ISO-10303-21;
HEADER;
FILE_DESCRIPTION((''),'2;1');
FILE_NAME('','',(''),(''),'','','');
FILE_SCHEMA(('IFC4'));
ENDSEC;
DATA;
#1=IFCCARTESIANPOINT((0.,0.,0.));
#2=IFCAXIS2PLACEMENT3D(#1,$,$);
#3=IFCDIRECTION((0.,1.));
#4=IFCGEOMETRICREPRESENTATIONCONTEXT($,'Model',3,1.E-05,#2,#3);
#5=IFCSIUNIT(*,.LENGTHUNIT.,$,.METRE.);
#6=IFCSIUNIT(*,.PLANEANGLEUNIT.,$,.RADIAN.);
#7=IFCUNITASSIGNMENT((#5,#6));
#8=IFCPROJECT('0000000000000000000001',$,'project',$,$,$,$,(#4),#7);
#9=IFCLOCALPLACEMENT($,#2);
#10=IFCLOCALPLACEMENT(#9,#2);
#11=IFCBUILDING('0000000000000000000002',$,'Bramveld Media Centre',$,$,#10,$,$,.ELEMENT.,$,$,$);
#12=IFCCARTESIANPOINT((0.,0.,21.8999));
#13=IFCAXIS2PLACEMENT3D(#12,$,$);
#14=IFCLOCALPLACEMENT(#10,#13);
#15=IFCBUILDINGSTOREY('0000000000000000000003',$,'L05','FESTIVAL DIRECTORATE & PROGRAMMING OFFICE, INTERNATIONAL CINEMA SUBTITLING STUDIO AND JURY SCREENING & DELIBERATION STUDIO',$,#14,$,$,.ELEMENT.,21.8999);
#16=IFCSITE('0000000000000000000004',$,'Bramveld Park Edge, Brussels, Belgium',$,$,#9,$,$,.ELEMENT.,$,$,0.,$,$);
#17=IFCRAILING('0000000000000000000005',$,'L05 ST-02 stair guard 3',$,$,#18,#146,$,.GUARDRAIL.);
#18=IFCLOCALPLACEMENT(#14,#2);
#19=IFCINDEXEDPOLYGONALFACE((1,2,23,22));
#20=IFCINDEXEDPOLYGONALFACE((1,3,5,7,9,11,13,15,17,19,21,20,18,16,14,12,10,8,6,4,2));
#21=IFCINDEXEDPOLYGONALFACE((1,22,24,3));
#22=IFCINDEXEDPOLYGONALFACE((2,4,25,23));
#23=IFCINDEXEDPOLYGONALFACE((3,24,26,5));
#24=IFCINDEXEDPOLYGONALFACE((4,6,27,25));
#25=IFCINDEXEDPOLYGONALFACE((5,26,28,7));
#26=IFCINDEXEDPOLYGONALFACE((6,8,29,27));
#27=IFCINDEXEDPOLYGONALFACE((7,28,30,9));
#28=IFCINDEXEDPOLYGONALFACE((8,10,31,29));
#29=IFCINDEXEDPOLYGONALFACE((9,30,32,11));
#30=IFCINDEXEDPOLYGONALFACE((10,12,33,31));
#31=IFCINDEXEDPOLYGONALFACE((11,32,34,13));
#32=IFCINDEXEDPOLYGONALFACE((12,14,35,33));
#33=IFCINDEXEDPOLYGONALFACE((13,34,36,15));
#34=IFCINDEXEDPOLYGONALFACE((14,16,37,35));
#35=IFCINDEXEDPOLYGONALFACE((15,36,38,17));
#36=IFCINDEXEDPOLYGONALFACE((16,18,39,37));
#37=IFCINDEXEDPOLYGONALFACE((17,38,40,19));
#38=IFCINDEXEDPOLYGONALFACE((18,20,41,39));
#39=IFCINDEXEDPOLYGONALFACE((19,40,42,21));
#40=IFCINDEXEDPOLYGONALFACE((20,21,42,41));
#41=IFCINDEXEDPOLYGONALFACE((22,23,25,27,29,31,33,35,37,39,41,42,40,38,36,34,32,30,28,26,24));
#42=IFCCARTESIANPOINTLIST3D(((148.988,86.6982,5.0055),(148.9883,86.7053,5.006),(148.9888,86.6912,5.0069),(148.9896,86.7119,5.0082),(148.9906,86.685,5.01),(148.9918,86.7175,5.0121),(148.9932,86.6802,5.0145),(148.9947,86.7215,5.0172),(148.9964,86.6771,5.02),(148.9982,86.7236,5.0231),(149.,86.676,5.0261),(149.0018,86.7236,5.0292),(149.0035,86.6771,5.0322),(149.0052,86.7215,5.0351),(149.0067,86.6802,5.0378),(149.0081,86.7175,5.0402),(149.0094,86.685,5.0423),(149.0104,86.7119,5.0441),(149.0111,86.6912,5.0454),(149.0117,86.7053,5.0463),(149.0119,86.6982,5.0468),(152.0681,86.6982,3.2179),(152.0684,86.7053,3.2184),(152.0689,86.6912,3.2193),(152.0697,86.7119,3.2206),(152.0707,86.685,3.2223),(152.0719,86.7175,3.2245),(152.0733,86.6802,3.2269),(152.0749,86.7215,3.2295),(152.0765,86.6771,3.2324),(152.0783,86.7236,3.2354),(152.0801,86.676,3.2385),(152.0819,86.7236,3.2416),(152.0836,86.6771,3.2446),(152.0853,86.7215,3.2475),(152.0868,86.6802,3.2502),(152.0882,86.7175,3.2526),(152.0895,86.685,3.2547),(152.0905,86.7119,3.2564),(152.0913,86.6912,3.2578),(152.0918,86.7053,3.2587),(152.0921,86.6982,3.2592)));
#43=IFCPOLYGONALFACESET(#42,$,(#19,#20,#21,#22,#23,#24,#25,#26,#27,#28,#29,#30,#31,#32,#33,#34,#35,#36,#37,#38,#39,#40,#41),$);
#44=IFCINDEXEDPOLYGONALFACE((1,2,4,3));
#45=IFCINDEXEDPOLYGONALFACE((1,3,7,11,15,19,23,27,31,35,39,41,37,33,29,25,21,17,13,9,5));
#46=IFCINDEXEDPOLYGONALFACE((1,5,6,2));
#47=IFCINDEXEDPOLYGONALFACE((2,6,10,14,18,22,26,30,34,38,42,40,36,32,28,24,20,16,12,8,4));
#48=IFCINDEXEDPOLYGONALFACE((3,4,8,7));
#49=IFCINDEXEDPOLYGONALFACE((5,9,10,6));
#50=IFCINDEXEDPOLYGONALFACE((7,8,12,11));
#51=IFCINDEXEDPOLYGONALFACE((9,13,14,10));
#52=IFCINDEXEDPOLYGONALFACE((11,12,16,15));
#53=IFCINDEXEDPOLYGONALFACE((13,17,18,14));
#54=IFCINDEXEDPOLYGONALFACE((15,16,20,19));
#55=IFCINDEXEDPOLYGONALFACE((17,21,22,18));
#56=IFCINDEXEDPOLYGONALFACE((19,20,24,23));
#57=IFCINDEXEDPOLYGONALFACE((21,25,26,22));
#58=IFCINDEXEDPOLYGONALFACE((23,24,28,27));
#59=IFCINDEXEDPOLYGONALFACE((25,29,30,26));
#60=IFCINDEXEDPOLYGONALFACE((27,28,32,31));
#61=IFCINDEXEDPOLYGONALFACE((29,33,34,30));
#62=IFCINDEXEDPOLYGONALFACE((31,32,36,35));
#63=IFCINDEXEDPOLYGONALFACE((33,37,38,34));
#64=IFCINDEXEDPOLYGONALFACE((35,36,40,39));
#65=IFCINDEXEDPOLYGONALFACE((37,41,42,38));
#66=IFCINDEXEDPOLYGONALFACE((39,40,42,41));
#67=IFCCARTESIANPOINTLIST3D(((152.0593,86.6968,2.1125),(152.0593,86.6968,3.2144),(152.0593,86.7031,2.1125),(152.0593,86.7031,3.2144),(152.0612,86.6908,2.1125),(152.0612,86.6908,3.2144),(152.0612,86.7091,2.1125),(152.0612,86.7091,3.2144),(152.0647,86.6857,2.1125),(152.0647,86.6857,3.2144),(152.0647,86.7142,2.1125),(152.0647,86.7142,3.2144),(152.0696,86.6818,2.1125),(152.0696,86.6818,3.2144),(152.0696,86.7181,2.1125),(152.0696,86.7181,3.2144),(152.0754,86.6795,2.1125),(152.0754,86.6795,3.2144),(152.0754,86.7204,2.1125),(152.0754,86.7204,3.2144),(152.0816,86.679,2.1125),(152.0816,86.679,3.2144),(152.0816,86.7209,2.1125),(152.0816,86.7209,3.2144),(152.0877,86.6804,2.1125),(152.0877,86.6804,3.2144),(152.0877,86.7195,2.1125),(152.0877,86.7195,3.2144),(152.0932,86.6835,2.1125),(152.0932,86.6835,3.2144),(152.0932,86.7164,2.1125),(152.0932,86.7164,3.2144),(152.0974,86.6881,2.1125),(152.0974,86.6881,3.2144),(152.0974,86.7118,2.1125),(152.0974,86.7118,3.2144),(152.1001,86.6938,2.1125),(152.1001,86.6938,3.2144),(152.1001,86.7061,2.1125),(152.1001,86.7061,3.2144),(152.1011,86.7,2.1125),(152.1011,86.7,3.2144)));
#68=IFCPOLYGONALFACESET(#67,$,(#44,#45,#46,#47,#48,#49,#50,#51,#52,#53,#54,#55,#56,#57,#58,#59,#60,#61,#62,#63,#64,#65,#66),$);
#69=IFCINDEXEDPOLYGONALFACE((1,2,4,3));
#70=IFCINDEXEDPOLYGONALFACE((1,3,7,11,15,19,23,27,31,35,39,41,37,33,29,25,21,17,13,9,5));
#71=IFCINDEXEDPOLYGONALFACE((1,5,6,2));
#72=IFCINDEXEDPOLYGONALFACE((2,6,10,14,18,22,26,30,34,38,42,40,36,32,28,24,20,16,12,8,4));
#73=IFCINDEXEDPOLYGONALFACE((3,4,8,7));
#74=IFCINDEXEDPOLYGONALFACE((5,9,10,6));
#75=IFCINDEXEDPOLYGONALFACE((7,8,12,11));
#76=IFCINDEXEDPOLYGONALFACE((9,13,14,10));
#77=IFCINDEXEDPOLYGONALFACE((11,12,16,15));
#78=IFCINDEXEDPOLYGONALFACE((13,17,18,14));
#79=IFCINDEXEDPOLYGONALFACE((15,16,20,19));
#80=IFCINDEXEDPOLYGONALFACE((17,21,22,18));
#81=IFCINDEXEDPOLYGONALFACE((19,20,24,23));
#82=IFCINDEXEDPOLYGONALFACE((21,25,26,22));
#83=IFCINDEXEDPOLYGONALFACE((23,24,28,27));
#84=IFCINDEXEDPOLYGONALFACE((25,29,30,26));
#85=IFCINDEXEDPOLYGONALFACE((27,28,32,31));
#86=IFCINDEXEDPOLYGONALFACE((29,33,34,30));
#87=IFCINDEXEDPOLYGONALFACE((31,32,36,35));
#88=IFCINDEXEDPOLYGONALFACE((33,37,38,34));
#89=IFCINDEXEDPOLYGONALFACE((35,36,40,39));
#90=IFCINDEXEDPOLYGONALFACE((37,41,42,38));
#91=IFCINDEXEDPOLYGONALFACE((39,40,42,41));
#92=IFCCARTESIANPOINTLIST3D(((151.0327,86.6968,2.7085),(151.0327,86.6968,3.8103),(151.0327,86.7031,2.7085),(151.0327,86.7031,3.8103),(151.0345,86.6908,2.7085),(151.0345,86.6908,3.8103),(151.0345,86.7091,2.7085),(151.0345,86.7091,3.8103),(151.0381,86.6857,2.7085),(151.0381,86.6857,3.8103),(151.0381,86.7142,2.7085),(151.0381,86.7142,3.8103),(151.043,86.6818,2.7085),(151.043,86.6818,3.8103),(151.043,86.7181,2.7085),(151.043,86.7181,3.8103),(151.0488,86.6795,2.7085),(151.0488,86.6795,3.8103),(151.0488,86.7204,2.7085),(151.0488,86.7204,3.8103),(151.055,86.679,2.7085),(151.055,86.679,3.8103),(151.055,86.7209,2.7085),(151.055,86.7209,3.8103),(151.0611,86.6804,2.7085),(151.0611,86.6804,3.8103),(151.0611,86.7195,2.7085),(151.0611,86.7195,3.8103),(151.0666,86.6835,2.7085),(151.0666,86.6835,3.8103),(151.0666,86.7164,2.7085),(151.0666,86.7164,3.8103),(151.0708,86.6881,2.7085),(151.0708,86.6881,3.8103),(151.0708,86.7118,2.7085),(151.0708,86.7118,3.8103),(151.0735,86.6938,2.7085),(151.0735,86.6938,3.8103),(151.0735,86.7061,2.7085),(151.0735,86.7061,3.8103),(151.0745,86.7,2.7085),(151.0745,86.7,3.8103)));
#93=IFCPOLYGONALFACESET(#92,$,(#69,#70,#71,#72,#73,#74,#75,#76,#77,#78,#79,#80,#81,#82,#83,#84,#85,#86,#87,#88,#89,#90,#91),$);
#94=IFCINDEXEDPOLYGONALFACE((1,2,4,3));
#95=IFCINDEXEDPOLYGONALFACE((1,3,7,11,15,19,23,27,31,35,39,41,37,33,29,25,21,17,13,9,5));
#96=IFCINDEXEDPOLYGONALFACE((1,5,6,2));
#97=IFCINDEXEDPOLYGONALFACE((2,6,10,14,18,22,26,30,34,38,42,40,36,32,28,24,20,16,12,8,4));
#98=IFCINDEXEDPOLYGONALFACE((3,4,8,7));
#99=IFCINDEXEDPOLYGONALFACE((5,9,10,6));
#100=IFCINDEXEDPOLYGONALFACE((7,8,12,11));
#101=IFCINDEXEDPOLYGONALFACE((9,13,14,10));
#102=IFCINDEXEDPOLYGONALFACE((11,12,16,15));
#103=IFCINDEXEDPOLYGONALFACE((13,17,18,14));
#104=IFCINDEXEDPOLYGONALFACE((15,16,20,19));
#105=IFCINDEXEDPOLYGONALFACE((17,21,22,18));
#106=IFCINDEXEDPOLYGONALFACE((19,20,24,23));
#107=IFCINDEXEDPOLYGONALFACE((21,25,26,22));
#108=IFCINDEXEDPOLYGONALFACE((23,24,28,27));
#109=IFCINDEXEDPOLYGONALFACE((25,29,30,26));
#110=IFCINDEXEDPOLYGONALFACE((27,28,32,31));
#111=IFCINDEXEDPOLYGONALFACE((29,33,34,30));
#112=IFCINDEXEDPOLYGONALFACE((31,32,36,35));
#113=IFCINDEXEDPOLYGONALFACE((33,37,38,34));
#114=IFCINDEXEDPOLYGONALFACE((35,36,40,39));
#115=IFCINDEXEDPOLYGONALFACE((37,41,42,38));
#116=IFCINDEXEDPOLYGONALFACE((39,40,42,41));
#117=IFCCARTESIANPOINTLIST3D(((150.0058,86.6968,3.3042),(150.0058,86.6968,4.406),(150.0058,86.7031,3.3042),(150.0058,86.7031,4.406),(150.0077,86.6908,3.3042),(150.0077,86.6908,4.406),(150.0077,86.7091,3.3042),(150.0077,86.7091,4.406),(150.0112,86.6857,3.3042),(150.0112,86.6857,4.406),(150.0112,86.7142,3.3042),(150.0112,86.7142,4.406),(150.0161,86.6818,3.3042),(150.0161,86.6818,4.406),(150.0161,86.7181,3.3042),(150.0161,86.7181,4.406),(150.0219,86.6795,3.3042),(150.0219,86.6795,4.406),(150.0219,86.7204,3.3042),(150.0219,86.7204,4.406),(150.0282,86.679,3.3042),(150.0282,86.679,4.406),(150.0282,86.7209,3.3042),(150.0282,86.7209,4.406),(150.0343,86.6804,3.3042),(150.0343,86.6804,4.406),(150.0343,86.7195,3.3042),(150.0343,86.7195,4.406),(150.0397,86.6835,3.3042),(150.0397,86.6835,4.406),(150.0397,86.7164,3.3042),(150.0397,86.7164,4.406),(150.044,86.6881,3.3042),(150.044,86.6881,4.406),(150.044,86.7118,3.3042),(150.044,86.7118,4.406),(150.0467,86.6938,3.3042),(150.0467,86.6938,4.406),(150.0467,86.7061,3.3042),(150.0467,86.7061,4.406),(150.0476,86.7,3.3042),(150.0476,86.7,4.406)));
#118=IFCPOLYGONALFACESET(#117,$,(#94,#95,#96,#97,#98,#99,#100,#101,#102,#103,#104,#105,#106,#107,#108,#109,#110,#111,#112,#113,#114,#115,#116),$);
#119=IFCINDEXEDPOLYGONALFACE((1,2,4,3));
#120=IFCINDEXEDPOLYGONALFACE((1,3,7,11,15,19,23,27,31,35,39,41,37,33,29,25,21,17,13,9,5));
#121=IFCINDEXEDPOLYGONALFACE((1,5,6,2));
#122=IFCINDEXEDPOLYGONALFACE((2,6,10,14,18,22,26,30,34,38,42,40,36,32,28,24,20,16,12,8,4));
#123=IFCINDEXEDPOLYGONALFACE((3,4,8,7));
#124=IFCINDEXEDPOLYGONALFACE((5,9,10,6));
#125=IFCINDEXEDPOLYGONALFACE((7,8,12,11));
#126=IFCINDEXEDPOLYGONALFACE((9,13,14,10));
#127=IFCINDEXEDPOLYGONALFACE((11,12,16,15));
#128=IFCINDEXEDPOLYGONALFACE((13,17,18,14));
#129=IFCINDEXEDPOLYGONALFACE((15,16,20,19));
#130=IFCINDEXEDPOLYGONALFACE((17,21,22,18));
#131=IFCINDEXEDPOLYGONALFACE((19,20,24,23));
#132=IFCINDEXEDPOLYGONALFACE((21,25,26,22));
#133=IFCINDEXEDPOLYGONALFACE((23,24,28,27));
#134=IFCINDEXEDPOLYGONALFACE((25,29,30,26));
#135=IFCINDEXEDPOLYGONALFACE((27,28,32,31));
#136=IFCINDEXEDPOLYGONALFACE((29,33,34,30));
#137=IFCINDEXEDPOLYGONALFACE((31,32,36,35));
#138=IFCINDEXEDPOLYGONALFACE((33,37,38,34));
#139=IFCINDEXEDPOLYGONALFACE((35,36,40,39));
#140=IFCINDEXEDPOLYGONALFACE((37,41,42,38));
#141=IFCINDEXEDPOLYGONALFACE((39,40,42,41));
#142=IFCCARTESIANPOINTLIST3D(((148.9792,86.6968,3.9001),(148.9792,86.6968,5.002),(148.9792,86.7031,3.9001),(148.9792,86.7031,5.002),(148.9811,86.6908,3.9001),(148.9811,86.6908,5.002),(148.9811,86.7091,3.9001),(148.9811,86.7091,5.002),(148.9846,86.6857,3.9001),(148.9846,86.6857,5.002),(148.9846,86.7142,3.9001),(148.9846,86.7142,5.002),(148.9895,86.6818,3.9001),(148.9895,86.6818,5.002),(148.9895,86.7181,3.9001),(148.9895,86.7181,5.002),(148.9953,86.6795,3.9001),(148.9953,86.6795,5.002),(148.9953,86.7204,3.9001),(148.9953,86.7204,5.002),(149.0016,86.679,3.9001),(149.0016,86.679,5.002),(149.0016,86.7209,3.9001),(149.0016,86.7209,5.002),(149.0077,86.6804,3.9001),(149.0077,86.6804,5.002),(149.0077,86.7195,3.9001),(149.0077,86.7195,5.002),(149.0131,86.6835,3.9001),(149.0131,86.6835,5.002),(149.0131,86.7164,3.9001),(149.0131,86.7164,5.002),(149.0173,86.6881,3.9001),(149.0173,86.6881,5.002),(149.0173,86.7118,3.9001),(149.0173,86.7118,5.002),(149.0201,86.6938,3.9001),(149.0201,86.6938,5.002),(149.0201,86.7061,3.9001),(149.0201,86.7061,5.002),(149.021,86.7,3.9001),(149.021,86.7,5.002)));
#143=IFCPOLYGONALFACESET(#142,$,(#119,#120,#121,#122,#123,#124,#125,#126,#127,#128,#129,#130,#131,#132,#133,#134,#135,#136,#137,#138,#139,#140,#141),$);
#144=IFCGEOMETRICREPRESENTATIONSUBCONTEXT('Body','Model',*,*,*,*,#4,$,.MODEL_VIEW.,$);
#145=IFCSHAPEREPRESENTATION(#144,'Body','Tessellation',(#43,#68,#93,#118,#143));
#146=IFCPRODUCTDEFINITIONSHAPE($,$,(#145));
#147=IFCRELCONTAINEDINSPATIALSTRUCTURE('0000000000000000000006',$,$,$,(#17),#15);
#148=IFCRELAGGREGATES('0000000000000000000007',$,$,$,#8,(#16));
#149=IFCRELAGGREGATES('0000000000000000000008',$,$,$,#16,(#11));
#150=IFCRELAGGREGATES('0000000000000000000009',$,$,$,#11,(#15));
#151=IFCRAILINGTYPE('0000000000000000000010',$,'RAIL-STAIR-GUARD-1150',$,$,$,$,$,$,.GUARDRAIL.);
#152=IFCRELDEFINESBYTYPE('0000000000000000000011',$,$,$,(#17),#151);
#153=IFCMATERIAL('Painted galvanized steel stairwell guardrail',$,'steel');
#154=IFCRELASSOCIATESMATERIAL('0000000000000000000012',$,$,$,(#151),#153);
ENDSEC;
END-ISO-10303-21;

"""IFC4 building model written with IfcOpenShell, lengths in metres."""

from ifc_helpers import new_model, si_unit, direction, frame, origin, origin_2d, place, context, subcontext, project, spatial, circle, extrude, material, type_object, element, save


model = new_model("IFC4")

# Units and contexts
model_context = context("Model", 3, precision=1e-05, world=origin(), true_north=direction((0.0, 1.0)))
body_context = subcontext(model_context, "Body", "Model", "MODEL_VIEW")
ifc_project = project(units=[si_unit("LENGTHUNIT", "METRE"), si_unit("PLANEANGLEUNIT", "RADIAN")], contexts=[model_context])

# Site, building, storey
site_placement = place(None, origin())
site = spatial("IfcSite", under=ifc_project, at=site_placement, Name="Bramveld Park Edge, Brussels, Belgium", CompositionType="ELEMENT", RefElevation=0.0)
building_placement = place(site_placement, origin())
building = spatial("IfcBuilding", under=site, at=building_placement, Name="Bramveld Media Centre", CompositionType="ELEMENT")
storey_placement = place(building_placement, frame((0.0, 0.0, 21.8999)))
storey = spatial("IfcBuildingStorey", under=building, at=storey_placement, Name="L05", Description="FESTIVAL DIRECTORATE & PROGRAMMING OFFICE, INTERNATIONAL CINEMA SUBTITLING STUDIO AND JURY SCREENING & DELIBERATION STUDIO", CompositionType="ELEMENT", Elevation=21.8999)

# Railing
ifc_material_1 = material(Name="Painted galvanized steel stairwell guardrail", Category="steel")
railing_type = type_object("IfcRailingType", Name="RAIL-STAIR-GUARD-1150", PredefinedType="GUARDRAIL", material=ifc_material_1)
railing_1_placement = place(storey_placement, frame((152.0801, 86.7, 2.1125)))
element("IfcRailing", 1, at=railing_1_placement, inside=storey, type_object=railing_type, Name="L05 ST-02 stair guard 3", PredefinedType="GUARDRAIL", context=body_context, shape_type="SweptSolid", body=[
    extrude(circle(Radius=0.0239, at=origin_2d()), frame((0.0, 0.0, 1.126), z_axis=(-0.864891, 0.0, 0.50196), x_axis=(0.0, -1.0, 0.0)), (0.0, 0.0, 1.0), 3.5613),
    extrude(circle(Radius=0.021, at=origin_2d()), origin(), (0.0, 0.0, 1.0), 1.1018),
    extrude(circle(Radius=0.021, at=origin_2d()), frame((-1.0266, 0.0, 0.5959)), (0.0, 0.0, 1.0), 1.1018),
    extrude(circle(Radius=0.021, at=origin_2d()), frame((-2.0535, 0.0, 1.1917)), (0.0, 0.0, 1.0), 1.1018),
    extrude(circle(Radius=0.021, at=origin_2d()), frame((-3.0801, 0.0, 1.7876)), (0.0, 0.0, 1.0), 1.1018),
])

save(model, "model.ifc")
